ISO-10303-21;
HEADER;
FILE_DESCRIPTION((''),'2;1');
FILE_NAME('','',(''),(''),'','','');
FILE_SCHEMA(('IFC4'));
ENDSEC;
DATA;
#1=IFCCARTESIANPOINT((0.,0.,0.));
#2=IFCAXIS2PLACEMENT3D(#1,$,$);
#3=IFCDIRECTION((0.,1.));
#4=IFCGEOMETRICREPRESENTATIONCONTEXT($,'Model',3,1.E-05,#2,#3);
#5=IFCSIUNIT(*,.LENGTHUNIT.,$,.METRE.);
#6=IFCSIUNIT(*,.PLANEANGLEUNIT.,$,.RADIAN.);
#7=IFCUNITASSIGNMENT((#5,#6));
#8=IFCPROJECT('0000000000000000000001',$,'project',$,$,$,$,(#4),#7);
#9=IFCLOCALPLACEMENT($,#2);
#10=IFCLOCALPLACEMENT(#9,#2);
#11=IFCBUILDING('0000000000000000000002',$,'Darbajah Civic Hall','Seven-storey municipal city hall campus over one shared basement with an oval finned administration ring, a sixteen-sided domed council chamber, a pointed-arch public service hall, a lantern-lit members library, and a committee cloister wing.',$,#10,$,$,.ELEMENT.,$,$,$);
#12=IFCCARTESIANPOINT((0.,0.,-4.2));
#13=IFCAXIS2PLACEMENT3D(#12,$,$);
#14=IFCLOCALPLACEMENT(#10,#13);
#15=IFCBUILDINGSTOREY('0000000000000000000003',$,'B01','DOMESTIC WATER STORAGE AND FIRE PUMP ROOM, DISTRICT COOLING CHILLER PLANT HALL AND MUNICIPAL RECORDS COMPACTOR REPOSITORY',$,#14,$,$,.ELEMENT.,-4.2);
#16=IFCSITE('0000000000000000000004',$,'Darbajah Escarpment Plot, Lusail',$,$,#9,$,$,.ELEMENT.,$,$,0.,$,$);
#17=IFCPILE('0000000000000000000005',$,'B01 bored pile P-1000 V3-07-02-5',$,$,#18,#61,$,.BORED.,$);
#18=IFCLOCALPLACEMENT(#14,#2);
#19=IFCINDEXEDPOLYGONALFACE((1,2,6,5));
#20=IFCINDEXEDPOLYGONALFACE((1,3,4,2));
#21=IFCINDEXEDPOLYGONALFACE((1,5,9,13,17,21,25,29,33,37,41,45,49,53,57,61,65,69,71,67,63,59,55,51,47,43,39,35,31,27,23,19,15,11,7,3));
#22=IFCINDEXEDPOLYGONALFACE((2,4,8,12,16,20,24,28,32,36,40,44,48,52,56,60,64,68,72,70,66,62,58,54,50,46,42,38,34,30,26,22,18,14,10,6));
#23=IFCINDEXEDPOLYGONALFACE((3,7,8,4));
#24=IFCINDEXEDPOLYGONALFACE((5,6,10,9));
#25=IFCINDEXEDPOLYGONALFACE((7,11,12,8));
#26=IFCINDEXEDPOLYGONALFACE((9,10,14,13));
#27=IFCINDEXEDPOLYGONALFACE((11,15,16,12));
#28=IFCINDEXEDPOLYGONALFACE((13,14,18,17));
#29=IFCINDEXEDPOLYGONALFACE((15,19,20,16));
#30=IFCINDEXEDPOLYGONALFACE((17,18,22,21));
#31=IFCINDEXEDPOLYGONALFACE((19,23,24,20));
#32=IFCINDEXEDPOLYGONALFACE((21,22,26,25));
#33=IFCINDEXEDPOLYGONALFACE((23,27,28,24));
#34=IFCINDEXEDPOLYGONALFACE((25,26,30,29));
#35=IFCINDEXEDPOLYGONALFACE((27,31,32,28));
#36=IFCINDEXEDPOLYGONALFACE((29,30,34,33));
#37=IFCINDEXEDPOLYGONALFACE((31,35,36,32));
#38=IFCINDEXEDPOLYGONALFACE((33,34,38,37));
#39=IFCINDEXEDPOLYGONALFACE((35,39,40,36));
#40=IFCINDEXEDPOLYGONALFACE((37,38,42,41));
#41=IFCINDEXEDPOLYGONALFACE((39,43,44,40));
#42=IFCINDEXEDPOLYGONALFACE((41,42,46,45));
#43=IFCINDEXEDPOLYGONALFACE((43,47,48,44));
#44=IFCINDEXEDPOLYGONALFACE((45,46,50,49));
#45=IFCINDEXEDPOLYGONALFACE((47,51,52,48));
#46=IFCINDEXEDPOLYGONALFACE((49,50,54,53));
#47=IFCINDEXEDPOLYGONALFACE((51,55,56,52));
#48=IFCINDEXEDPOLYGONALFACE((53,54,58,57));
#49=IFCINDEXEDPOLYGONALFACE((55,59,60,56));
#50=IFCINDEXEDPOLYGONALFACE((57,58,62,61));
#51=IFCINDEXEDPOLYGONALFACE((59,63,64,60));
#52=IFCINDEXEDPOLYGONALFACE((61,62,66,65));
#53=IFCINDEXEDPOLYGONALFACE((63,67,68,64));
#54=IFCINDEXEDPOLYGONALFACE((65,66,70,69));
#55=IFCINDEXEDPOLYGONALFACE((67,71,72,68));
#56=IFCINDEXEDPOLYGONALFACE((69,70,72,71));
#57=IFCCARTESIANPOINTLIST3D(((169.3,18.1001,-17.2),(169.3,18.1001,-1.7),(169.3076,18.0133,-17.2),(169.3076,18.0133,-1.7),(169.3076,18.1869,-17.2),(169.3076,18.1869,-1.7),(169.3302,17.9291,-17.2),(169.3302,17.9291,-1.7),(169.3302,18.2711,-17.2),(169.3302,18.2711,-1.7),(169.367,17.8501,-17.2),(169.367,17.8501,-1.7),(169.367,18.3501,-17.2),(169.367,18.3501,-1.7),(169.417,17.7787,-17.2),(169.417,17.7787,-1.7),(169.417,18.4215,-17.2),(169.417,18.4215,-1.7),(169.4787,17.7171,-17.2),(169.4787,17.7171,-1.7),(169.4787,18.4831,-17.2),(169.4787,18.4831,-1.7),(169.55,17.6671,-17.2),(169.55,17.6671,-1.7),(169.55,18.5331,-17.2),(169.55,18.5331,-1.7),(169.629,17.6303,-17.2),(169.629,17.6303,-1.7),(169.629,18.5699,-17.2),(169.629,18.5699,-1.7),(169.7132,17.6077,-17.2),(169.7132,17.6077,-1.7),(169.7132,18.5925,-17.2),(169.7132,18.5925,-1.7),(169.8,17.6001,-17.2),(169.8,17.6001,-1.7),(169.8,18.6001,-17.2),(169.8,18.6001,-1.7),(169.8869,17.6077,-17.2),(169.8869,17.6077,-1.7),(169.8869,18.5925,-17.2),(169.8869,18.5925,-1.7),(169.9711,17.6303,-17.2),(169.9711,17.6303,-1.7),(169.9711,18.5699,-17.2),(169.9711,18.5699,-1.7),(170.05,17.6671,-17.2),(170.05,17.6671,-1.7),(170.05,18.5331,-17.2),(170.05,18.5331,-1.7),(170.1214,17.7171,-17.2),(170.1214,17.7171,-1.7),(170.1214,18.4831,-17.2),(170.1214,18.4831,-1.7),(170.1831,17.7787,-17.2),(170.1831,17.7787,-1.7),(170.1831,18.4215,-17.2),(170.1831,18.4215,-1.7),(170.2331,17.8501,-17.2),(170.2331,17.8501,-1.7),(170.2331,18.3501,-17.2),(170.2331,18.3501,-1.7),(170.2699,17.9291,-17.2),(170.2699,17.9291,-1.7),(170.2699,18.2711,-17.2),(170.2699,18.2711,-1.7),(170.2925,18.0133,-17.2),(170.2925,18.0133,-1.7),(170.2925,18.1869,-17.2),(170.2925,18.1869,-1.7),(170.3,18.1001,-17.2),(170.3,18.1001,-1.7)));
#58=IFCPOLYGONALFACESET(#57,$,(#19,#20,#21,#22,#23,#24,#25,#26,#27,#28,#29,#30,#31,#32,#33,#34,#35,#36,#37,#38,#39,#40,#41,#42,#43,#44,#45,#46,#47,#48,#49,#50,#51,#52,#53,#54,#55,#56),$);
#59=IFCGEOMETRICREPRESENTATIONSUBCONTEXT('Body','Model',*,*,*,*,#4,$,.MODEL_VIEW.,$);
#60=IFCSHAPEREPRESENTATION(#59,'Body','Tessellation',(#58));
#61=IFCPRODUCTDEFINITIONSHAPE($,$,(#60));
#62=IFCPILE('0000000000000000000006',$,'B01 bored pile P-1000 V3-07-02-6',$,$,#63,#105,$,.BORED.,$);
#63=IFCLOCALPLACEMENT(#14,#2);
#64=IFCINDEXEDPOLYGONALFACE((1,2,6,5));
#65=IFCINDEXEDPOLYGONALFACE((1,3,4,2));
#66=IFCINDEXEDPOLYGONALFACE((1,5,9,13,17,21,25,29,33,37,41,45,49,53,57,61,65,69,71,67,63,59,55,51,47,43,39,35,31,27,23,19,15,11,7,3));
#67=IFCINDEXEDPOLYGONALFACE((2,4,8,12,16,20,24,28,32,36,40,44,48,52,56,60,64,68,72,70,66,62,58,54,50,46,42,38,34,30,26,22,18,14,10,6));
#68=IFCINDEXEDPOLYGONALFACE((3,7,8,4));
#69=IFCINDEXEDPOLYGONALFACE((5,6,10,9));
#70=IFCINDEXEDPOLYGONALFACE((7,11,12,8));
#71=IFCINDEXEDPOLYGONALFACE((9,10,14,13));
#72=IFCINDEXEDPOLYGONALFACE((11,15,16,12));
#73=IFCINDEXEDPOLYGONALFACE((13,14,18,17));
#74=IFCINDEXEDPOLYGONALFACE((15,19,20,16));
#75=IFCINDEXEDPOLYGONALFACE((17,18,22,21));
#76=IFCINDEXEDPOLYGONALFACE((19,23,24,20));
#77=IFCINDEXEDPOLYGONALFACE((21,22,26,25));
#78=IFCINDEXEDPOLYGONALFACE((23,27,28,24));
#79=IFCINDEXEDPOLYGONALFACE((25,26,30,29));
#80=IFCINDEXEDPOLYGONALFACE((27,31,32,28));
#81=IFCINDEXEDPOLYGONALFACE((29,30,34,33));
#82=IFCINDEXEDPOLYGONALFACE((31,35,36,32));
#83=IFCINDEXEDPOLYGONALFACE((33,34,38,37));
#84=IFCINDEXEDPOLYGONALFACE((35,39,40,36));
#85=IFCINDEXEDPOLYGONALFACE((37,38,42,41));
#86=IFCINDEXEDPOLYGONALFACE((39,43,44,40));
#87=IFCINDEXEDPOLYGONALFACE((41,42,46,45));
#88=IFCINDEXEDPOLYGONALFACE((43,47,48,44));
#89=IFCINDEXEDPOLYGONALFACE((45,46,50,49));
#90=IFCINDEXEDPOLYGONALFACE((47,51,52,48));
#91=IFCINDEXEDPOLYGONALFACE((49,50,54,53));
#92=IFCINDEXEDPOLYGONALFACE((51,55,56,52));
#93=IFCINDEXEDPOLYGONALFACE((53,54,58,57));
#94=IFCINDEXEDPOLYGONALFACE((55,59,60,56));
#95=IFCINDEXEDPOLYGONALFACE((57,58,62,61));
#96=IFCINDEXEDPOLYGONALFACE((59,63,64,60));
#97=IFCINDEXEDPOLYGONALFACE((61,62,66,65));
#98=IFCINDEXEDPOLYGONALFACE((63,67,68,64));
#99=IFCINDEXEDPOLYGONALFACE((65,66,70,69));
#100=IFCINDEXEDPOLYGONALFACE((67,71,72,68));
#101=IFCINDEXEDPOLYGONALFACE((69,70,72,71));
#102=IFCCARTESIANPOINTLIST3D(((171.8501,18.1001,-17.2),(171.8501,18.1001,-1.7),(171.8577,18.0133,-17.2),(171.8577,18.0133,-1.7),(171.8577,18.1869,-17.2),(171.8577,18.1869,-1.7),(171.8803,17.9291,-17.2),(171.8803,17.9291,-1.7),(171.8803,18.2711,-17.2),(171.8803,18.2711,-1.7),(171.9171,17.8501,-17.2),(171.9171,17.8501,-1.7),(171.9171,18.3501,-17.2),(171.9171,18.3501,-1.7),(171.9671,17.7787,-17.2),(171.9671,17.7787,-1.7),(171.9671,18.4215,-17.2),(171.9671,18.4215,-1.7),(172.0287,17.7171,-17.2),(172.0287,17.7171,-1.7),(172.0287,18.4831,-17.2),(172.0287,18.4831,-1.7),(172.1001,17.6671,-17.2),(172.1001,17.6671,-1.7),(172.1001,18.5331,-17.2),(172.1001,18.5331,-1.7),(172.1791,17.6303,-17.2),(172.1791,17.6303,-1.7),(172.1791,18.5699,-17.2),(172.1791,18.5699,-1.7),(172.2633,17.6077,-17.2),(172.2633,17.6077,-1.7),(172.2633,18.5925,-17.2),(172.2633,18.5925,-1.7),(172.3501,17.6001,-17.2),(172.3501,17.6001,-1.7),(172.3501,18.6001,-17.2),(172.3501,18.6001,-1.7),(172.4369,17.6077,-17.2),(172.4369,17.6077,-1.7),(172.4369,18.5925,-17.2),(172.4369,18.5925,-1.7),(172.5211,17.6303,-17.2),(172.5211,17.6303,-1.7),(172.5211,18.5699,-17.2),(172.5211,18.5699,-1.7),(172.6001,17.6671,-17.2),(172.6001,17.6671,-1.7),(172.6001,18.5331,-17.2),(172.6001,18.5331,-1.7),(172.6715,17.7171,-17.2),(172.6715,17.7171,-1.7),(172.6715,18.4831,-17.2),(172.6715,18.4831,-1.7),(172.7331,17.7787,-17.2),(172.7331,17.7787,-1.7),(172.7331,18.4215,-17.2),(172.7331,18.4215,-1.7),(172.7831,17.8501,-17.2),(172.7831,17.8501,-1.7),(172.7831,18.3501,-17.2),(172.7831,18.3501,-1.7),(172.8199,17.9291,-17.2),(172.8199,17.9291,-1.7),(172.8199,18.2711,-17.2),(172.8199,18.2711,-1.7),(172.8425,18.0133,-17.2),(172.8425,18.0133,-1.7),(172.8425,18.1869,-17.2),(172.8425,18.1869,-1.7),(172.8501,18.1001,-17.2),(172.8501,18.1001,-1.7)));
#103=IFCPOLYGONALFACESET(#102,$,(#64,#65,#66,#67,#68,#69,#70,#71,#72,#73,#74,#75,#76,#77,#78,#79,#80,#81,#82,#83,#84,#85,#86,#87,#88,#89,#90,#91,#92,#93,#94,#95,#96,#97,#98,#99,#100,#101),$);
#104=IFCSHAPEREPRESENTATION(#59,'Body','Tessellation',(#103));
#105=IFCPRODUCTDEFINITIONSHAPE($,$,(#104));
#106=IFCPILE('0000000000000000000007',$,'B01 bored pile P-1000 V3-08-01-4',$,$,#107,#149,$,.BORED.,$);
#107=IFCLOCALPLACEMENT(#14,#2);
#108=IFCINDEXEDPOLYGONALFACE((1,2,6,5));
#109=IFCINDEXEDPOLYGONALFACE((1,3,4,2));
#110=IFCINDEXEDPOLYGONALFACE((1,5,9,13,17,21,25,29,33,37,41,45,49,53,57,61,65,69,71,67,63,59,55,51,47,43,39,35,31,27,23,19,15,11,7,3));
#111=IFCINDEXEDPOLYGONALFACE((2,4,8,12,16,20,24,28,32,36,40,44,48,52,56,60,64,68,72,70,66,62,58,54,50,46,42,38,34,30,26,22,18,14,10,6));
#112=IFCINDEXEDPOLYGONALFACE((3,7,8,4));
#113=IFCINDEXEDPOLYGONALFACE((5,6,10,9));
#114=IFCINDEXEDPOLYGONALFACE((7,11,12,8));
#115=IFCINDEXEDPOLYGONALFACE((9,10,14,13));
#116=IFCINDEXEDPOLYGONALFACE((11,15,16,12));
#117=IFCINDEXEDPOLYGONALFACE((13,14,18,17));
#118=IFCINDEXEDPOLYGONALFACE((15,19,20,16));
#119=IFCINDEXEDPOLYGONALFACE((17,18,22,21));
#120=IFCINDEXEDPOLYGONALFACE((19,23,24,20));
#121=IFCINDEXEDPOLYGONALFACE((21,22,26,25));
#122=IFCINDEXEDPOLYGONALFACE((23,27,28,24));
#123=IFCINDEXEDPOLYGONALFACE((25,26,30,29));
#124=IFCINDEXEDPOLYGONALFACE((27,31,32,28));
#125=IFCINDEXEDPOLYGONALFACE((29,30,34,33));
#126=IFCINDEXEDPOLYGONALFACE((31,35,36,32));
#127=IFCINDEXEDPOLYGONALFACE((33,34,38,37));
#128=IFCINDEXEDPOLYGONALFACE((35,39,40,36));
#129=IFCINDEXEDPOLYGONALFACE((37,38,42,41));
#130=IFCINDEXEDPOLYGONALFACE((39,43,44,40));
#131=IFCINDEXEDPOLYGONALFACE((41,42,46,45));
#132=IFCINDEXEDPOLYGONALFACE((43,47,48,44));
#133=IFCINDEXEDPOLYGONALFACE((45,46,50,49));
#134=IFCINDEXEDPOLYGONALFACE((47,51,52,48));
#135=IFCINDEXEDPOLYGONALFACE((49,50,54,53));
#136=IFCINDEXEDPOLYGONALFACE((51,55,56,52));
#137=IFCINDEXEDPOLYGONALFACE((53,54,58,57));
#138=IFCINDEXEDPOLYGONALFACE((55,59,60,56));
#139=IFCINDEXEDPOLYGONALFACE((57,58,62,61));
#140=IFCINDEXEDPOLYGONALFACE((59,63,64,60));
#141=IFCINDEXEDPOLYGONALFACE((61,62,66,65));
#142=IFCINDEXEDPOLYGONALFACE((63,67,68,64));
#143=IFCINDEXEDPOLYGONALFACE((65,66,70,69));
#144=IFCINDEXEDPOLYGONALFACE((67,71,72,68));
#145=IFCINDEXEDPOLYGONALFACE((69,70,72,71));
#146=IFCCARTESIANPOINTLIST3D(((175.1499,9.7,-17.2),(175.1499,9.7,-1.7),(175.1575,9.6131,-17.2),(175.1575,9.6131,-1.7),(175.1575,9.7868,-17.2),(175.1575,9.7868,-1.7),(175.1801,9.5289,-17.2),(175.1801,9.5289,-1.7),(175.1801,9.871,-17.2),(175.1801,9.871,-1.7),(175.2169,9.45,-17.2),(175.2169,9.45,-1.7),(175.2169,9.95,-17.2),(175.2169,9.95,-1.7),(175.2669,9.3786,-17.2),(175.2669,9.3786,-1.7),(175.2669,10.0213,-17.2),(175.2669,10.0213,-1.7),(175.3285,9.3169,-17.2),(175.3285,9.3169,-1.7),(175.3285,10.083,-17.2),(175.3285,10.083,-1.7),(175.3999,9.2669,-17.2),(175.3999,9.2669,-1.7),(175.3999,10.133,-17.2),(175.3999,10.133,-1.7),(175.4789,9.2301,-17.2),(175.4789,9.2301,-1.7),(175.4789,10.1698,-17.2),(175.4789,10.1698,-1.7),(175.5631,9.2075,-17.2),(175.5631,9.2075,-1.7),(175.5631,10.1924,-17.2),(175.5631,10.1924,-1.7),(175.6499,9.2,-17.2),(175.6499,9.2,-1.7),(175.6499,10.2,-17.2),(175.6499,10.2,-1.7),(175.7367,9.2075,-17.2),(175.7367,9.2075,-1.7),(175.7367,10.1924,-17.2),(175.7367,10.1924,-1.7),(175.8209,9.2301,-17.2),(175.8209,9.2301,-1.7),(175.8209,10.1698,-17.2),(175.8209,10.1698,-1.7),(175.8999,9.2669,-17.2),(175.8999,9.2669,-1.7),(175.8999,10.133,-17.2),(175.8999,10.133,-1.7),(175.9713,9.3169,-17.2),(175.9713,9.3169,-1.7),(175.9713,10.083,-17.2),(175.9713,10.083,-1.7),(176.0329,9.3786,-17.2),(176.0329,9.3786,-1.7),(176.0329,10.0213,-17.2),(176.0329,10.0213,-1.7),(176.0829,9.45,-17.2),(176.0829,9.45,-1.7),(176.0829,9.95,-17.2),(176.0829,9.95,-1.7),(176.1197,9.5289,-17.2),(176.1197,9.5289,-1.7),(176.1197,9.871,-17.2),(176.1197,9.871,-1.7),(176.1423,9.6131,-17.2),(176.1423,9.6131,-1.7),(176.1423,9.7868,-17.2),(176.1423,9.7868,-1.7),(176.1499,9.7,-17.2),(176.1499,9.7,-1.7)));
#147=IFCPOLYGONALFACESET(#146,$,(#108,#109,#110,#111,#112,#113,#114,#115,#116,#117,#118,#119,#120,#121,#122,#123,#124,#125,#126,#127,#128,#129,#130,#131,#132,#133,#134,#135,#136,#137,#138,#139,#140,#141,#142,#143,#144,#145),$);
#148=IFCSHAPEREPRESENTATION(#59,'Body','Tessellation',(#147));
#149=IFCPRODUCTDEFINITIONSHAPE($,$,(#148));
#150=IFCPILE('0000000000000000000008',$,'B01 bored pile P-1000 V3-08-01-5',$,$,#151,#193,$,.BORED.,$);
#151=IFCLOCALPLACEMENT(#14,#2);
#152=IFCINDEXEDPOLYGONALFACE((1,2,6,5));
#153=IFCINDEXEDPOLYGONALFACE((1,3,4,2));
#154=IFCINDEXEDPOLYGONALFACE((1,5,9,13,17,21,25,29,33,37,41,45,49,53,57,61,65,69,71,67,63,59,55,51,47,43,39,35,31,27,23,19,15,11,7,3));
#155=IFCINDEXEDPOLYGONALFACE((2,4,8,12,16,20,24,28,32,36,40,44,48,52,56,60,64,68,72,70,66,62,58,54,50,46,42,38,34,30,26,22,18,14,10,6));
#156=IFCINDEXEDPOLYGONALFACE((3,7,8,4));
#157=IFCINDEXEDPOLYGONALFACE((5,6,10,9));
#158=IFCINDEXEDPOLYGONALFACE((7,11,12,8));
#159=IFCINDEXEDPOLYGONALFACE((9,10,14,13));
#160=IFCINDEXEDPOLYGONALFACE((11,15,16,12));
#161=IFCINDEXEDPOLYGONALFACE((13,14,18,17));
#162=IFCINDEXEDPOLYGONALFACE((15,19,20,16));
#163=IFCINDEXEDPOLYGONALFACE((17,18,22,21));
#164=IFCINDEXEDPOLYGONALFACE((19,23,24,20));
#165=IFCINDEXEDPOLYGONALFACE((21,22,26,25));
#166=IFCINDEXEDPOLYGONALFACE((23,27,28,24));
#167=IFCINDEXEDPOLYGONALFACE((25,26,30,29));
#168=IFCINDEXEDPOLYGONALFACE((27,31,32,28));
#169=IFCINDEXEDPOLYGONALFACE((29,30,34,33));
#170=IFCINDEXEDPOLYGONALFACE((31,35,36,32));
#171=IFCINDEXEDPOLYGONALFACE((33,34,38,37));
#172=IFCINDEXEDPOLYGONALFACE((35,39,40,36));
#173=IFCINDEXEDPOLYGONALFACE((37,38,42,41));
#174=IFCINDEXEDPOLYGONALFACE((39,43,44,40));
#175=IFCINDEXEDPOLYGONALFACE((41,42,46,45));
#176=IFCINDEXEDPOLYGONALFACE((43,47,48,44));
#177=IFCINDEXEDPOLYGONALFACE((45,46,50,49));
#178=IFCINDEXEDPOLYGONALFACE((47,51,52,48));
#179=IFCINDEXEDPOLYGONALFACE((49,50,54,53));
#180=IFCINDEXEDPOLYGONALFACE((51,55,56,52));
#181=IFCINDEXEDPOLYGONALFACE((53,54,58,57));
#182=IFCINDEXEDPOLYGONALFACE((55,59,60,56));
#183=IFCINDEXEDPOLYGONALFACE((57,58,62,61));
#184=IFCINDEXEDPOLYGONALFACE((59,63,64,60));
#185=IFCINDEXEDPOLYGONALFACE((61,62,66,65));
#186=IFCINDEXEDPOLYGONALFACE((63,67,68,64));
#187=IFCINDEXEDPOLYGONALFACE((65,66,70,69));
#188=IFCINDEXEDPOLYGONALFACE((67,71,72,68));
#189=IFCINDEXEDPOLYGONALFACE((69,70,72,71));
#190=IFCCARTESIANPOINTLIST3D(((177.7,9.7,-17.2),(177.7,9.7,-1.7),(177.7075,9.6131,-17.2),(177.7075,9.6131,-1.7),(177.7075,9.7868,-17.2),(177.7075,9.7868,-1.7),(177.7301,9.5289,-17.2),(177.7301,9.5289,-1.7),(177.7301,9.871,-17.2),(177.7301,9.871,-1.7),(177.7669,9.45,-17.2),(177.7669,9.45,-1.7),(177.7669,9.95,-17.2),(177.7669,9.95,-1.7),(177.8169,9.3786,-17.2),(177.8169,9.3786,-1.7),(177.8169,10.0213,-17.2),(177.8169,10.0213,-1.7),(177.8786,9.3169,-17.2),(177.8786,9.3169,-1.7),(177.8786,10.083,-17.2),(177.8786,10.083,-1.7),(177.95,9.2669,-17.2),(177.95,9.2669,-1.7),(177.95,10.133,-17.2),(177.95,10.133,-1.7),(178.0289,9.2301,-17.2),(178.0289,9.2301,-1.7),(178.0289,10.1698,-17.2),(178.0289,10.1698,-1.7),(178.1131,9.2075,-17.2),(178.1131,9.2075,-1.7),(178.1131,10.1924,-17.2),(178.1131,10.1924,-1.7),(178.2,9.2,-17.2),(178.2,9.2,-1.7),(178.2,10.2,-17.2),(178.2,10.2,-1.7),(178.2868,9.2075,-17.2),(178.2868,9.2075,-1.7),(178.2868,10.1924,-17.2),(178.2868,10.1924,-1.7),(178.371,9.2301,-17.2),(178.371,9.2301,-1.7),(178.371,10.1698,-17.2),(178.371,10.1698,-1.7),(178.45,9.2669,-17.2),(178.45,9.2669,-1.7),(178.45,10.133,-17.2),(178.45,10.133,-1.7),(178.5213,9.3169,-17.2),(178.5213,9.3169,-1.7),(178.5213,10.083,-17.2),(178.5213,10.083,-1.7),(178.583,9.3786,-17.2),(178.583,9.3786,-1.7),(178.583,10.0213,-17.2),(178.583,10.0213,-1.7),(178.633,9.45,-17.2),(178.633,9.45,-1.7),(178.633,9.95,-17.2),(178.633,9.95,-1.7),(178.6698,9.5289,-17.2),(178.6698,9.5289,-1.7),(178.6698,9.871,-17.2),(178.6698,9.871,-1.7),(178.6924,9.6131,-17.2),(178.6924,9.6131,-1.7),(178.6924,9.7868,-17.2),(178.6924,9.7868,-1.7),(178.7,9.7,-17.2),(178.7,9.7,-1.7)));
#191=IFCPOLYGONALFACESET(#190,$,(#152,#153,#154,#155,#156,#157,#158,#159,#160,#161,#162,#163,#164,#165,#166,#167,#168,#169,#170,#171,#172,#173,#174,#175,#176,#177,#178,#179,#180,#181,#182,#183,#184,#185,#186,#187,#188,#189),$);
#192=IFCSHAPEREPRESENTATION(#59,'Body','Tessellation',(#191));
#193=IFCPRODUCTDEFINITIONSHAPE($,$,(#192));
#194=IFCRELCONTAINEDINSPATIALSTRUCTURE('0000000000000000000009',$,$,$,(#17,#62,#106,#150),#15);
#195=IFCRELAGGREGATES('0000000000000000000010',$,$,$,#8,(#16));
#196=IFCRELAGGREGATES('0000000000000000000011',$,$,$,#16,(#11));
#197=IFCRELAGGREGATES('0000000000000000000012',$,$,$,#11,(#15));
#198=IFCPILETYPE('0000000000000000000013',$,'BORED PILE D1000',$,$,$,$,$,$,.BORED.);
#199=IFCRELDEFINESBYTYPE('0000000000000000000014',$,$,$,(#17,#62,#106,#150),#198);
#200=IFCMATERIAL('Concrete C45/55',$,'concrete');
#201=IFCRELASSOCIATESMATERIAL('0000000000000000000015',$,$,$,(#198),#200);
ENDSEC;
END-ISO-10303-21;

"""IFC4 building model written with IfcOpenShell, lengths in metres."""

from ifc_helpers import new_model, si_unit, direction, frame, origin, origin_2d, place, context, subcontext, project, spatial, circle, extrude, material, material_profile, profile_set, type_object, element, save


model = new_model("IFC4")

# Units and contexts
model_context = context("Model", 3, precision=1e-05, world=origin(), true_north=direction((0.0, 1.0)))
body_context = subcontext(model_context, "Body", "Model", "MODEL_VIEW")
ifc_project = project(units=[si_unit("LENGTHUNIT", "METRE"), si_unit("PLANEANGLEUNIT", "RADIAN")], contexts=[model_context])

# Site, building, storey
site_placement = place(None, origin())
site = spatial("IfcSite", under=ifc_project, at=site_placement, Name="Darbajah Escarpment Plot, Lusail", CompositionType="ELEMENT", RefElevation=0.0)
building_placement = place(site_placement, origin())
building = spatial("IfcBuilding", under=site, at=building_placement, Name="Darbajah Civic Hall", Description="Seven-storey municipal city hall campus over one shared basement with an oval finned administration ring, a sixteen-sided domed council chamber, a pointed-arch public service hall, a lantern-lit members library, and a committee cloister wing.", CompositionType="ELEMENT")
storey_placement = place(building_placement, frame((0.0, 0.0, -4.2)))
storey = spatial("IfcBuildingStorey", under=building, at=storey_placement, Name="B01", Description="DOMESTIC WATER STORAGE AND FIRE PUMP ROOM, DISTRICT COOLING CHILLER PLANT HALL AND MUNICIPAL RECORDS COMPACTOR REPOSITORY", CompositionType="ELEMENT", Elevation=-4.2)

# Piles
ifc_material_1 = material(Name="Concrete C45/55", Category="concrete")
ifc_material_profile_1 = material_profile(ifc_material_1, circle(Radius=0.5, at=origin_2d()), Name="BORED PILE D1000")
ifc_profile_set_1 = profile_set([ifc_material_profile_1], Name="Concrete C45/55")
pile_type_1 = type_object("IfcPileType", Name="BORED PILE D1000", PredefinedType="BORED", material=ifc_profile_set_1)
for number, where, z_axis, x_axis, name in (
    (1, (169.8, 18.1001, -1.7), (0.0, 0.0, -1.0), (1.0, 0.0, 0.0), "B01 bored pile P-1000 V3-07-02-5"),
    (2, (172.3501, 18.1001, -1.7), (0.0, 0.0, -1.0), (1.0, 0.0, 0.0), "B01 bored pile P-1000 V3-07-02-6"),
    (3, (175.6499, 9.7, -1.7), (0.0, 0.0, -1.0), (1.0, 0.0, 0.0), "B01 bored pile P-1000 V3-08-01-4"),
    (4, (178.2, 9.7, -1.7), (0.0, 0.0, -1.0), (1.0, 0.0, 0.0), "B01 bored pile P-1000 V3-08-01-5"),
):
    element("IfcPile", number, at=place(storey_placement, frame(where, z_axis=z_axis, x_axis=x_axis)), inside=storey, type_object=pile_type_1, Name=name, PredefinedType="BORED", context=body_context, shape_type="SweptSolid", body=[
        extrude(circle(Radius=0.5, at=origin_2d()), origin(), (0.0, 0.0, 1.0), 15.5),
    ])

save(model, "model.ifc")
